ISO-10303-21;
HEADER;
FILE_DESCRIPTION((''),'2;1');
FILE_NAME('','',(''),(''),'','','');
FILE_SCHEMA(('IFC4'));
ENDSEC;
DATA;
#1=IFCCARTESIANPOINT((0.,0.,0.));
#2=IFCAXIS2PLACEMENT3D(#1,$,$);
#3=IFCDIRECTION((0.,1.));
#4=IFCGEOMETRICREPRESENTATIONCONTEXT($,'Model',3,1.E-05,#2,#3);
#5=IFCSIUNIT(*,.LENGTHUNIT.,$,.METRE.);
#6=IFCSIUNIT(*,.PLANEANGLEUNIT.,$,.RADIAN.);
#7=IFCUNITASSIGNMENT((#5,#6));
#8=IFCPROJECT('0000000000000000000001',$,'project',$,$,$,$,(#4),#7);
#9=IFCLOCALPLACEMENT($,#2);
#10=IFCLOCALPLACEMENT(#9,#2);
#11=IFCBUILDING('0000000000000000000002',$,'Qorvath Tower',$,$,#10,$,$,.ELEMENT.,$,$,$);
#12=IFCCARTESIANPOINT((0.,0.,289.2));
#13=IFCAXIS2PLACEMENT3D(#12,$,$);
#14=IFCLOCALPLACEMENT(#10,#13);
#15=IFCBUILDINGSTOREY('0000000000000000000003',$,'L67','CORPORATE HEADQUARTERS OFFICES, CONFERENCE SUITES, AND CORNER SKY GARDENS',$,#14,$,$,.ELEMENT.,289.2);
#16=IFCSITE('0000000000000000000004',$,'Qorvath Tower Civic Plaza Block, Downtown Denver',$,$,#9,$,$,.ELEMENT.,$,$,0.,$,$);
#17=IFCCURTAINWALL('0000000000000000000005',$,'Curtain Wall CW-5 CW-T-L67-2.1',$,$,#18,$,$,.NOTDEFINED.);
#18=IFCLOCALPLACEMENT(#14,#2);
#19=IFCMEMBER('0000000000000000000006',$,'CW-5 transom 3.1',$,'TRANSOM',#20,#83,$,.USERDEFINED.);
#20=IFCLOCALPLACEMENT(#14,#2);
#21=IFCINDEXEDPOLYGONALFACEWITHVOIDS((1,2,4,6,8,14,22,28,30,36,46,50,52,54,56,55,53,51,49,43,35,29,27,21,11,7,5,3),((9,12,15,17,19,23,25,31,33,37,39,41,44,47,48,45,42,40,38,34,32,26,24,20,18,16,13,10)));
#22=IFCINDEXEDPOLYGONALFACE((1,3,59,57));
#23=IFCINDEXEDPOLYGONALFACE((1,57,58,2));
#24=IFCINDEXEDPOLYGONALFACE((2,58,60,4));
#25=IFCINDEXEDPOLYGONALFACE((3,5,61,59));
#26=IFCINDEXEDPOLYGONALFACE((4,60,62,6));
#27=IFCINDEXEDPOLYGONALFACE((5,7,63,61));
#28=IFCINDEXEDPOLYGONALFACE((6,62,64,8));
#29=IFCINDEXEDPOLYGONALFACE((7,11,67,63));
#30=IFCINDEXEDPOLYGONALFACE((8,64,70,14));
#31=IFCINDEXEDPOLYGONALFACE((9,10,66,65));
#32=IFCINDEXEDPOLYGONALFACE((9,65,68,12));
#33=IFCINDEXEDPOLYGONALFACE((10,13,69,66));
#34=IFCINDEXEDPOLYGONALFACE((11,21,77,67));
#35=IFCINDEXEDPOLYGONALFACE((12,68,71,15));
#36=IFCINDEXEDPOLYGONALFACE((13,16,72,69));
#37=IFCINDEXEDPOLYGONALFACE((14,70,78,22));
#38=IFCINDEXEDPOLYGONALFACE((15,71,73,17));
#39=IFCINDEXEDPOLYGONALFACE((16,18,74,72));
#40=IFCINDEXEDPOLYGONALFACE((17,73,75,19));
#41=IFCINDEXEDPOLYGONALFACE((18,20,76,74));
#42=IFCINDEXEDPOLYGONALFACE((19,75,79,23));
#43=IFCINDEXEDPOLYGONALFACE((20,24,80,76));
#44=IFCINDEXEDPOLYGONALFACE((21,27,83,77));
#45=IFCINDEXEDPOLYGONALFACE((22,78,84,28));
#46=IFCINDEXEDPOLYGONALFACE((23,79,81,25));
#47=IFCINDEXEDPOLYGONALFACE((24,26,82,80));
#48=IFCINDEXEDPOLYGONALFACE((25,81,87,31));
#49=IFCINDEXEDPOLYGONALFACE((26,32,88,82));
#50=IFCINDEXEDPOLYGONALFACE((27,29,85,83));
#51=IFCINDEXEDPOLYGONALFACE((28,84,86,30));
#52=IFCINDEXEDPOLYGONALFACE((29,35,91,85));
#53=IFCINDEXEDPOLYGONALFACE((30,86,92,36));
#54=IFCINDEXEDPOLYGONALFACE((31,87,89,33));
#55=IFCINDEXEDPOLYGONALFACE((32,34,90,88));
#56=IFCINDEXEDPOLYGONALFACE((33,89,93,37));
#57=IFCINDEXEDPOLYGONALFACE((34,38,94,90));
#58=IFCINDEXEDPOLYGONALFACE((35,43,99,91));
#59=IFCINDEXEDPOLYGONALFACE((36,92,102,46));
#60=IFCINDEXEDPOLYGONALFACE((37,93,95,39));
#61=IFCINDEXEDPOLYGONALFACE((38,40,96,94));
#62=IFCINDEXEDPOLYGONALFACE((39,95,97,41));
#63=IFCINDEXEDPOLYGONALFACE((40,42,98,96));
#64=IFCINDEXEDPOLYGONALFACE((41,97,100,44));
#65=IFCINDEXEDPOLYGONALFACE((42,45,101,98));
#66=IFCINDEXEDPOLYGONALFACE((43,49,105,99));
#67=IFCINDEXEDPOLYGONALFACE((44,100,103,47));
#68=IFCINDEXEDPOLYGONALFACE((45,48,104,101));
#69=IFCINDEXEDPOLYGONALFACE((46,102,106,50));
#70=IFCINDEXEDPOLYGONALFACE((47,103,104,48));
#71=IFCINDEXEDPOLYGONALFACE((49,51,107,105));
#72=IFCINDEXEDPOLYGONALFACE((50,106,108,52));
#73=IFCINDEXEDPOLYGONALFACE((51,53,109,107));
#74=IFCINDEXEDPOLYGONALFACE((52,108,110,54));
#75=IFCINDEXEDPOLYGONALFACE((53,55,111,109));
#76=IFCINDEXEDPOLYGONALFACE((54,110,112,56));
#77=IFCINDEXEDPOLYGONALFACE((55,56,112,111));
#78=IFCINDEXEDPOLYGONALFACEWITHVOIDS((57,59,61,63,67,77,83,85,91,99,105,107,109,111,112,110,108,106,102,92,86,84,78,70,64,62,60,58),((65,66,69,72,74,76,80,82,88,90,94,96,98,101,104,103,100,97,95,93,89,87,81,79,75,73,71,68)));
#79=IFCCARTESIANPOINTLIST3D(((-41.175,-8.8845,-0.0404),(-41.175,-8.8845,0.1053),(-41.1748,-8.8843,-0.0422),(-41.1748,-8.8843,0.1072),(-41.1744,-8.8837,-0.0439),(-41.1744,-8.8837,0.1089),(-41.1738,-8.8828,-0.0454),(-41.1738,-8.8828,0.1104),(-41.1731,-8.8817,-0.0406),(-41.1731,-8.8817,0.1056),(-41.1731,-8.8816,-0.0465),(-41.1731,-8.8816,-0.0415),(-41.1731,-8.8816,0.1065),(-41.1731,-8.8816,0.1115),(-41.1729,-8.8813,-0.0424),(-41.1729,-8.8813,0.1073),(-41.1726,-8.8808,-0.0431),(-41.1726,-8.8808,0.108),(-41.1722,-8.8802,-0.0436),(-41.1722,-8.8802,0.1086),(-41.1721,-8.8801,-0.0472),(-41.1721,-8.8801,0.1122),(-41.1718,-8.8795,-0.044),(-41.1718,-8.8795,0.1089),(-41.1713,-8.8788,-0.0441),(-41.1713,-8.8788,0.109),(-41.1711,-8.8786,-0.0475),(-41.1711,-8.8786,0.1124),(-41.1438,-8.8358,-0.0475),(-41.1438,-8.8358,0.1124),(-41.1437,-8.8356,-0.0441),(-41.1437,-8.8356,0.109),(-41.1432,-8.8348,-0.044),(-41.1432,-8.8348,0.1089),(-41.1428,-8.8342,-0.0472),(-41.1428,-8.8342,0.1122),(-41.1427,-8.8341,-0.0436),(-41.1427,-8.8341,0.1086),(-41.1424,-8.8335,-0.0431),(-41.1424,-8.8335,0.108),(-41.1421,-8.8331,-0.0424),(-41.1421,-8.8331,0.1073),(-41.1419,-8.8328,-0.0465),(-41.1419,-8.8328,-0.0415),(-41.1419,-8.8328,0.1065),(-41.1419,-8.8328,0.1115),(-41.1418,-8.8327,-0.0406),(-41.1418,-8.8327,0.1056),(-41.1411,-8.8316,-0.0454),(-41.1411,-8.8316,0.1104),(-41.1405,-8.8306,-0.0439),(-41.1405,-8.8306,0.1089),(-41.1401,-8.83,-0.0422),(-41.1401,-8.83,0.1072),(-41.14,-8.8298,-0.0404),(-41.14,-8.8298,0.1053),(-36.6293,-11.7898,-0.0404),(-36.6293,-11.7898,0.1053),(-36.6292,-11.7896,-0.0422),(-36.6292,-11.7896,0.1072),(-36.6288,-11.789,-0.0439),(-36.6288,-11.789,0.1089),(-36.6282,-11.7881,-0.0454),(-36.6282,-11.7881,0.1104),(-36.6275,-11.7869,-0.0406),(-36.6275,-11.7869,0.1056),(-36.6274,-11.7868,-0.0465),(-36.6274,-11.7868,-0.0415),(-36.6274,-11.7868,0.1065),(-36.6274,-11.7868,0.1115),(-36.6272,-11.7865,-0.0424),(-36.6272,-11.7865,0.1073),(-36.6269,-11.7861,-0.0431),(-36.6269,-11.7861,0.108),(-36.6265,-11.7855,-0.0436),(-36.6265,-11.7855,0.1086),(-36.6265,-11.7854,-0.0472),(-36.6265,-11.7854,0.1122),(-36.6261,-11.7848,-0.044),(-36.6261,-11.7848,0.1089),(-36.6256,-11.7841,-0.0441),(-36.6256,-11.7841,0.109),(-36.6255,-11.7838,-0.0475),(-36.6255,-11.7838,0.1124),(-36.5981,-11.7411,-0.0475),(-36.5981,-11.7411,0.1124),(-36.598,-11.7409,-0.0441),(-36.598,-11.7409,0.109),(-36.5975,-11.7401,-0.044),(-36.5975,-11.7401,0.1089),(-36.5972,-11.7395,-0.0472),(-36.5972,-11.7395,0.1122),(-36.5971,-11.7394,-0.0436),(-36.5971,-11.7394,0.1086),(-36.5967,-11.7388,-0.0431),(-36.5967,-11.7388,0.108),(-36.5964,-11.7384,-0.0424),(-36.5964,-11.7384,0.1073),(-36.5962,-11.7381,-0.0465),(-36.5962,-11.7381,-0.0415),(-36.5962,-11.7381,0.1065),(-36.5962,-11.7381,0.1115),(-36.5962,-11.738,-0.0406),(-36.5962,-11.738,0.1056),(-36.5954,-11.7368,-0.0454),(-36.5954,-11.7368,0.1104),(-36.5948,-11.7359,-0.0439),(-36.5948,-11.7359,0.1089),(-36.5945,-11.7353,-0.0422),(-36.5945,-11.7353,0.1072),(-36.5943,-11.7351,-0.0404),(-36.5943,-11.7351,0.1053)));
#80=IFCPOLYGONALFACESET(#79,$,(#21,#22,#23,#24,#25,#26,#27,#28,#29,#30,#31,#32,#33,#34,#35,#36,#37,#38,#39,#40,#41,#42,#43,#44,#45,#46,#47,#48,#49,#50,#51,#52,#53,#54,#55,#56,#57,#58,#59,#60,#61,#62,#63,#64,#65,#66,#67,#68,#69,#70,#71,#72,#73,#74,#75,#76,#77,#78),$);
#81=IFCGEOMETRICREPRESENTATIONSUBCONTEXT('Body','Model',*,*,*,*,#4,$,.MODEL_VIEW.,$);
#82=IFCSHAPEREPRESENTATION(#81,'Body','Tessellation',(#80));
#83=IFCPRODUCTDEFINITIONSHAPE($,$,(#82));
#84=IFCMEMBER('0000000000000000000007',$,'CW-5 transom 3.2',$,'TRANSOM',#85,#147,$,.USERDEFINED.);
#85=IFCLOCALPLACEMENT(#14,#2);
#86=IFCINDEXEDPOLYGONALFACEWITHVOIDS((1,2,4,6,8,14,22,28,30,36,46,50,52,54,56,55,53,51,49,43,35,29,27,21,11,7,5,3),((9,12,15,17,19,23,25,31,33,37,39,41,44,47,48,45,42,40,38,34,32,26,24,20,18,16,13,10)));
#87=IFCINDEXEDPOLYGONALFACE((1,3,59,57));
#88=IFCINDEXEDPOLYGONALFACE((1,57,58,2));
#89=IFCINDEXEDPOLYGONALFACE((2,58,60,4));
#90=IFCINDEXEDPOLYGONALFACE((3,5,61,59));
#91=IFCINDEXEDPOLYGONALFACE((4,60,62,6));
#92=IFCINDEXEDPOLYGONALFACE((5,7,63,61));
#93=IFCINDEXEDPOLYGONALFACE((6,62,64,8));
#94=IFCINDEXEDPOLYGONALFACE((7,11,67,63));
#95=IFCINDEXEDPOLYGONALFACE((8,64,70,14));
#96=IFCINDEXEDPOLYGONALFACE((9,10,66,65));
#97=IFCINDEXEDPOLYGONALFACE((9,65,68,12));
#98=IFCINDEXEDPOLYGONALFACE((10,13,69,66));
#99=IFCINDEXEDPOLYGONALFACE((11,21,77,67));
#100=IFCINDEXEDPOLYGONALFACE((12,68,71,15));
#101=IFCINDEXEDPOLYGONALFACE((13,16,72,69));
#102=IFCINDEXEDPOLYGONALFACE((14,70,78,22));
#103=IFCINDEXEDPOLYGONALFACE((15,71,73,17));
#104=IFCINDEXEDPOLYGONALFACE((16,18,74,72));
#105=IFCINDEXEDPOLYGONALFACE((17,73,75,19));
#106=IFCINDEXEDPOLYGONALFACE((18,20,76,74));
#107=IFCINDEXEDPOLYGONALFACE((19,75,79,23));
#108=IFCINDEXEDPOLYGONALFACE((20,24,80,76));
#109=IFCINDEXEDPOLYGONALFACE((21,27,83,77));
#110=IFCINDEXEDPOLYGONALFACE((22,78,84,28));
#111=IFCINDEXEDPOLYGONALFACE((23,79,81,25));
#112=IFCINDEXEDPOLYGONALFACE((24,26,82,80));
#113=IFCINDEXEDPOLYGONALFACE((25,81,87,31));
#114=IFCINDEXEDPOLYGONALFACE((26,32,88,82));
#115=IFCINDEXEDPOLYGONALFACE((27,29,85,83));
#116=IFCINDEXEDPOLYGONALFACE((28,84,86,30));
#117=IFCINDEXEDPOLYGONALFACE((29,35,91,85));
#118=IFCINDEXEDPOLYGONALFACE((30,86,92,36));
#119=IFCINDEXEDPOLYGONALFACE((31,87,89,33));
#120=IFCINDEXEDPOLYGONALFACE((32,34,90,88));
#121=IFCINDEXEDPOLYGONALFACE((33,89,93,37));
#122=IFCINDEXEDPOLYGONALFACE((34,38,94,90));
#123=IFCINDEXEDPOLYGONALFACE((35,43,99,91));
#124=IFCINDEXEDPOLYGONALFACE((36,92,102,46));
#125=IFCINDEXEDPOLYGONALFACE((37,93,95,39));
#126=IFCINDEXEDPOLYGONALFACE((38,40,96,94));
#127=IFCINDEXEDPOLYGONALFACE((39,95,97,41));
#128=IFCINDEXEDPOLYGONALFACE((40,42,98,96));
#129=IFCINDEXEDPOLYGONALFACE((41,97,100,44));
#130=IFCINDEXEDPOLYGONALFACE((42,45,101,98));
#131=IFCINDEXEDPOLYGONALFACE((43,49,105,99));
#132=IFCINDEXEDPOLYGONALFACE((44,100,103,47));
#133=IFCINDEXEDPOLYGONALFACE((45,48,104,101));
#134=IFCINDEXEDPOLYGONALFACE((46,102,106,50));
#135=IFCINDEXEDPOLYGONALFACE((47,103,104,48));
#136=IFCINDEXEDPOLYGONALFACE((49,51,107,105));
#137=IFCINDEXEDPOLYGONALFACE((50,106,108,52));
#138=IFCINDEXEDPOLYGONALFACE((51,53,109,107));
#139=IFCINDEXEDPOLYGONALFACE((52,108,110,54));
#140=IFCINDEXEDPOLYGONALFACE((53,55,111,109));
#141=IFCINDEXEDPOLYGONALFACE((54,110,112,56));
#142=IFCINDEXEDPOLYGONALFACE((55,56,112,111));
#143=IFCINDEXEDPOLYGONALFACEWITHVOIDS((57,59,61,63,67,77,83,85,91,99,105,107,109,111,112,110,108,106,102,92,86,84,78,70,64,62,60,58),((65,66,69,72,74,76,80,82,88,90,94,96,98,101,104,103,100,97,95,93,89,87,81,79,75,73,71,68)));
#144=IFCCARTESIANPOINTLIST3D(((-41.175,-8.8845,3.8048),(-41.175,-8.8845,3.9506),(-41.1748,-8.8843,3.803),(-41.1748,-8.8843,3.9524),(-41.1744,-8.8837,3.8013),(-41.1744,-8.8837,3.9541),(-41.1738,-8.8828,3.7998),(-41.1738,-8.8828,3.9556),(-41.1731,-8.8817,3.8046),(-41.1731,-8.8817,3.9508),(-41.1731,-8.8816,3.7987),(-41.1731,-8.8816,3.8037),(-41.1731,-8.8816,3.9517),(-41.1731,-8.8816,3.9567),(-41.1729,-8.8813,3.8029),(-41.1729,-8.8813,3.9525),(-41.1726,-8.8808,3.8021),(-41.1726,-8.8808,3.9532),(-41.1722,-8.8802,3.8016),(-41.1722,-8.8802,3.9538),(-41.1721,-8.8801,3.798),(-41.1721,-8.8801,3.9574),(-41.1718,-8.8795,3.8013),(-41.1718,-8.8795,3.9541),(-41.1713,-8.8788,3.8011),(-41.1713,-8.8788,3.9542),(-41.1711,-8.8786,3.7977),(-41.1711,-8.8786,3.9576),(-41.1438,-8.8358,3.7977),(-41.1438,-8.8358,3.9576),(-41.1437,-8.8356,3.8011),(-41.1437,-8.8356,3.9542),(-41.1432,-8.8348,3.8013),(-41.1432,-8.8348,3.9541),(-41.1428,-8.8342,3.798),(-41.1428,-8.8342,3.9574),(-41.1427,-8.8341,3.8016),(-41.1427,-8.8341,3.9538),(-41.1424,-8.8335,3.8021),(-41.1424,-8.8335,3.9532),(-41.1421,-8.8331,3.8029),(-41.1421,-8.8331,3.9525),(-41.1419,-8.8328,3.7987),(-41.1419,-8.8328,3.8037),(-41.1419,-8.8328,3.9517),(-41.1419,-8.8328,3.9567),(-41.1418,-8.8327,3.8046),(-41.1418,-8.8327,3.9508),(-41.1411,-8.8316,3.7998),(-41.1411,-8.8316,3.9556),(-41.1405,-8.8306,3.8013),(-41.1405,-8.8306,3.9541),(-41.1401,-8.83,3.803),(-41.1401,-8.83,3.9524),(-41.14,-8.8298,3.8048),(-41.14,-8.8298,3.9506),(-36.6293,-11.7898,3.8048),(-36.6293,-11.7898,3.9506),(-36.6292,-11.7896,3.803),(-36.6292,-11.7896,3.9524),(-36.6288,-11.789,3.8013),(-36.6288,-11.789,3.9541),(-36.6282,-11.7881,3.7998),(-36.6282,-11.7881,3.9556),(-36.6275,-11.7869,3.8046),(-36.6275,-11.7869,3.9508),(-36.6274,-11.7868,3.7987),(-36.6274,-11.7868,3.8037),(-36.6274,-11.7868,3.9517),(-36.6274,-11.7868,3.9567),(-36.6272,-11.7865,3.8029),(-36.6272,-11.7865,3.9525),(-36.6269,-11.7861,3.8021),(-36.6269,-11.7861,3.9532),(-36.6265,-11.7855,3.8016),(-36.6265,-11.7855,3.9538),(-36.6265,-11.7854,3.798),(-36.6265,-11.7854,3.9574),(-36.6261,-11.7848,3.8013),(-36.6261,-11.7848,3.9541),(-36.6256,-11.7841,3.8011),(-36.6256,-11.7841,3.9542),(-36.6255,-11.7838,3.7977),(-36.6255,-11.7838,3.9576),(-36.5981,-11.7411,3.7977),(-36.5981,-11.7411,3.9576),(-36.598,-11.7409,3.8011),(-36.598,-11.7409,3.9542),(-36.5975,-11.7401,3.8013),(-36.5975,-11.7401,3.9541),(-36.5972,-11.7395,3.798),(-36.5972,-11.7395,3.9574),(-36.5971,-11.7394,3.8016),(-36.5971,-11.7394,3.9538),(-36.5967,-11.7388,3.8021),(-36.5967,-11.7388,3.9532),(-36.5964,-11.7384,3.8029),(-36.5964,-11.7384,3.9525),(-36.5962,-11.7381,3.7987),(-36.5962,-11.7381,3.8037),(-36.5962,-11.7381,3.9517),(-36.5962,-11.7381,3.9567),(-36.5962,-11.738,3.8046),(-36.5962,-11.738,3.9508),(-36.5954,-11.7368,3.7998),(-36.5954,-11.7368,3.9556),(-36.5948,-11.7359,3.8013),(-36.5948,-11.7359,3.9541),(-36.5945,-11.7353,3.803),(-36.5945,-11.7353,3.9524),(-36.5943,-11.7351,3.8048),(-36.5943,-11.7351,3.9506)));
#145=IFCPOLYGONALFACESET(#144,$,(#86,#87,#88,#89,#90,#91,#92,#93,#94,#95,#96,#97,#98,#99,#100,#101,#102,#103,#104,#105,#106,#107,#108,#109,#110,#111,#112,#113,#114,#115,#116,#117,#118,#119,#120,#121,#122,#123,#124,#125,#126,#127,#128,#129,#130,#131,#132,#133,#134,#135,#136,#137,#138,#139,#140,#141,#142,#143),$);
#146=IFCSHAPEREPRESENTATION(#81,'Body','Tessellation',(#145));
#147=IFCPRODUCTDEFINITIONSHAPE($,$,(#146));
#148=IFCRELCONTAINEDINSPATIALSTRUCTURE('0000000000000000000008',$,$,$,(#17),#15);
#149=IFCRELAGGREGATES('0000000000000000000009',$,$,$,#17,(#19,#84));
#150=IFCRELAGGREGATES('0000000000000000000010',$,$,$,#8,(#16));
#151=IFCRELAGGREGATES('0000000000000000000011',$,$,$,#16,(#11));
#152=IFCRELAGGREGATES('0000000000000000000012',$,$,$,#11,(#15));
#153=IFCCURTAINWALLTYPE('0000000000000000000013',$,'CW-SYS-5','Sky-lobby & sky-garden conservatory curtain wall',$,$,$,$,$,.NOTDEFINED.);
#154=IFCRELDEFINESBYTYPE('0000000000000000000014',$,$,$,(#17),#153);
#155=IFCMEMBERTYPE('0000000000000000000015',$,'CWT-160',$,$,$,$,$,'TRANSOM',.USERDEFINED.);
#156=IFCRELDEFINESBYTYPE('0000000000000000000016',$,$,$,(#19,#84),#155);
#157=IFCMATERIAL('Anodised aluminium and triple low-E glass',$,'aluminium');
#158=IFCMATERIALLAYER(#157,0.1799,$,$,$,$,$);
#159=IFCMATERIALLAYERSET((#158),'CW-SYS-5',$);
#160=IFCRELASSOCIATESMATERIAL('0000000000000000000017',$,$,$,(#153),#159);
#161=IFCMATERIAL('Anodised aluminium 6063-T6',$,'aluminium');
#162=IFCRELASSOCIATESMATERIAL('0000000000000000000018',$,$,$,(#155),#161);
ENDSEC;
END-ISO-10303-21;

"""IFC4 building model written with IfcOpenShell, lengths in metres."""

from ifc_helpers import new_model, si_unit, direction, frame, origin, origin_2d, place, context, subcontext, project, spatial, hollow_rectangle, extrude, material, layer, layer_set, material_profile, profile_set, type_object, element, aggregate, save


model = new_model("IFC4")

# Units and contexts
model_context = context("Model", 3, precision=1e-05, world=origin(), true_north=direction((0.0, 1.0)))
body_context = subcontext(model_context, "Body", "Model", "MODEL_VIEW")
ifc_project = project(units=[si_unit("LENGTHUNIT", "METRE"), si_unit("PLANEANGLEUNIT", "RADIAN")], contexts=[model_context])

# Site, building, storey
site_placement = place(None, origin())
site = spatial("IfcSite", under=ifc_project, at=site_placement, Name="Qorvath Tower Civic Plaza Block, Downtown Denver", CompositionType="ELEMENT", RefElevation=0.0)
building_placement = place(site_placement, origin())
building = spatial("IfcBuilding", under=site, at=building_placement, Name="Qorvath Tower", CompositionType="ELEMENT")
storey_placement = place(building_placement, frame((0.0, 0.0, 289.2)))
storey = spatial("IfcBuildingStorey", under=building, at=storey_placement, Name="L67", Description="CORPORATE HEADQUARTERS OFFICES, CONFERENCE SUITES, AND CORNER SKY GARDENS", CompositionType="ELEMENT", Elevation=289.2)

# Curtain wall, members
ifc_material_1 = material(Name="Anodised aluminium and triple low-E glass", Category="aluminium")
ifc_layer_1 = layer(ifc_material_1, 0.1799)
ifc_layer_set_1 = layer_set([ifc_layer_1], Name="CW-SYS-5")
curtain_wall_type = type_object("IfcCurtainWallType", Name="CW-SYS-5", Description="Sky-lobby & sky-garden conservatory curtain wall", PredefinedType="NOTDEFINED", material=ifc_layer_set_1)
curtain_wall_placement = place(storey_placement, origin())
curtain_wall = element("IfcCurtainWall", 1, at=curtain_wall_placement, inside=storey, type_object=curtain_wall_type, Name="Curtain Wall CW-5 CW-T-L67-2.1", PredefinedType="NOTDEFINED")
ifc_material_2 = material(Name="Anodised aluminium 6063-T6", Category="aluminium")
ifc_material_profile_1 = material_profile(ifc_material_2, hollow_rectangle(XDim=0.0649, YDim=0.1599, WallThickness=0.0034, InnerFilletRadius=0.0034, OuterFilletRadius=0.0071, at=origin_2d()), Name="CWT 160x65")
ifc_profile_set_1 = profile_set([ifc_material_profile_1], Name="Anodised aluminium 6063-T6")
member_type_1 = type_object("IfcMemberType", Name="CWT-160", ElementType="TRANSOM", PredefinedType="USERDEFINED", material=ifc_profile_set_1)
member_1_placement = place(storey_placement, frame((-41.1575, -8.8572, 0.0325), z_axis=(0.842603, -0.538535, 0.0), x_axis=(0.538535, 0.842603, 0.0)))
member_1 = element("IfcMember", 2, at=member_1_placement, type_object=member_type_1, Name="CW-5 transom 3.1", ObjectType="TRANSOM", PredefinedType="USERDEFINED", context=body_context, shape_type="SweptSolid", body=[
    extrude(hollow_rectangle(XDim=0.0649, YDim=0.1599, WallThickness=0.0034, InnerFilletRadius=0.0034, OuterFilletRadius=0.0071, at=origin_2d()), origin(), (0.0, 0.0, 1.0), 5.3948),
])
member_2_placement = place(storey_placement, frame((-41.1575, -8.8572, 3.8777), z_axis=(0.842603, -0.538535, 0.0), x_axis=(0.538535, 0.842603, 0.0)))
member_2 = element("IfcMember", 3, at=member_2_placement, type_object=member_type_1, Name="CW-5 transom 3.2", ObjectType="TRANSOM", PredefinedType="USERDEFINED", context=body_context, shape_type="SweptSolid", body=[
    extrude(hollow_rectangle(XDim=0.0649, YDim=0.1599, WallThickness=0.0034, InnerFilletRadius=0.0034, OuterFilletRadius=0.0071, at=origin_2d()), origin(), (0.0, 0.0, 1.0), 5.3948),
])

aggregate(curtain_wall, [member_1, member_2])

save(model, "model.ifc")
